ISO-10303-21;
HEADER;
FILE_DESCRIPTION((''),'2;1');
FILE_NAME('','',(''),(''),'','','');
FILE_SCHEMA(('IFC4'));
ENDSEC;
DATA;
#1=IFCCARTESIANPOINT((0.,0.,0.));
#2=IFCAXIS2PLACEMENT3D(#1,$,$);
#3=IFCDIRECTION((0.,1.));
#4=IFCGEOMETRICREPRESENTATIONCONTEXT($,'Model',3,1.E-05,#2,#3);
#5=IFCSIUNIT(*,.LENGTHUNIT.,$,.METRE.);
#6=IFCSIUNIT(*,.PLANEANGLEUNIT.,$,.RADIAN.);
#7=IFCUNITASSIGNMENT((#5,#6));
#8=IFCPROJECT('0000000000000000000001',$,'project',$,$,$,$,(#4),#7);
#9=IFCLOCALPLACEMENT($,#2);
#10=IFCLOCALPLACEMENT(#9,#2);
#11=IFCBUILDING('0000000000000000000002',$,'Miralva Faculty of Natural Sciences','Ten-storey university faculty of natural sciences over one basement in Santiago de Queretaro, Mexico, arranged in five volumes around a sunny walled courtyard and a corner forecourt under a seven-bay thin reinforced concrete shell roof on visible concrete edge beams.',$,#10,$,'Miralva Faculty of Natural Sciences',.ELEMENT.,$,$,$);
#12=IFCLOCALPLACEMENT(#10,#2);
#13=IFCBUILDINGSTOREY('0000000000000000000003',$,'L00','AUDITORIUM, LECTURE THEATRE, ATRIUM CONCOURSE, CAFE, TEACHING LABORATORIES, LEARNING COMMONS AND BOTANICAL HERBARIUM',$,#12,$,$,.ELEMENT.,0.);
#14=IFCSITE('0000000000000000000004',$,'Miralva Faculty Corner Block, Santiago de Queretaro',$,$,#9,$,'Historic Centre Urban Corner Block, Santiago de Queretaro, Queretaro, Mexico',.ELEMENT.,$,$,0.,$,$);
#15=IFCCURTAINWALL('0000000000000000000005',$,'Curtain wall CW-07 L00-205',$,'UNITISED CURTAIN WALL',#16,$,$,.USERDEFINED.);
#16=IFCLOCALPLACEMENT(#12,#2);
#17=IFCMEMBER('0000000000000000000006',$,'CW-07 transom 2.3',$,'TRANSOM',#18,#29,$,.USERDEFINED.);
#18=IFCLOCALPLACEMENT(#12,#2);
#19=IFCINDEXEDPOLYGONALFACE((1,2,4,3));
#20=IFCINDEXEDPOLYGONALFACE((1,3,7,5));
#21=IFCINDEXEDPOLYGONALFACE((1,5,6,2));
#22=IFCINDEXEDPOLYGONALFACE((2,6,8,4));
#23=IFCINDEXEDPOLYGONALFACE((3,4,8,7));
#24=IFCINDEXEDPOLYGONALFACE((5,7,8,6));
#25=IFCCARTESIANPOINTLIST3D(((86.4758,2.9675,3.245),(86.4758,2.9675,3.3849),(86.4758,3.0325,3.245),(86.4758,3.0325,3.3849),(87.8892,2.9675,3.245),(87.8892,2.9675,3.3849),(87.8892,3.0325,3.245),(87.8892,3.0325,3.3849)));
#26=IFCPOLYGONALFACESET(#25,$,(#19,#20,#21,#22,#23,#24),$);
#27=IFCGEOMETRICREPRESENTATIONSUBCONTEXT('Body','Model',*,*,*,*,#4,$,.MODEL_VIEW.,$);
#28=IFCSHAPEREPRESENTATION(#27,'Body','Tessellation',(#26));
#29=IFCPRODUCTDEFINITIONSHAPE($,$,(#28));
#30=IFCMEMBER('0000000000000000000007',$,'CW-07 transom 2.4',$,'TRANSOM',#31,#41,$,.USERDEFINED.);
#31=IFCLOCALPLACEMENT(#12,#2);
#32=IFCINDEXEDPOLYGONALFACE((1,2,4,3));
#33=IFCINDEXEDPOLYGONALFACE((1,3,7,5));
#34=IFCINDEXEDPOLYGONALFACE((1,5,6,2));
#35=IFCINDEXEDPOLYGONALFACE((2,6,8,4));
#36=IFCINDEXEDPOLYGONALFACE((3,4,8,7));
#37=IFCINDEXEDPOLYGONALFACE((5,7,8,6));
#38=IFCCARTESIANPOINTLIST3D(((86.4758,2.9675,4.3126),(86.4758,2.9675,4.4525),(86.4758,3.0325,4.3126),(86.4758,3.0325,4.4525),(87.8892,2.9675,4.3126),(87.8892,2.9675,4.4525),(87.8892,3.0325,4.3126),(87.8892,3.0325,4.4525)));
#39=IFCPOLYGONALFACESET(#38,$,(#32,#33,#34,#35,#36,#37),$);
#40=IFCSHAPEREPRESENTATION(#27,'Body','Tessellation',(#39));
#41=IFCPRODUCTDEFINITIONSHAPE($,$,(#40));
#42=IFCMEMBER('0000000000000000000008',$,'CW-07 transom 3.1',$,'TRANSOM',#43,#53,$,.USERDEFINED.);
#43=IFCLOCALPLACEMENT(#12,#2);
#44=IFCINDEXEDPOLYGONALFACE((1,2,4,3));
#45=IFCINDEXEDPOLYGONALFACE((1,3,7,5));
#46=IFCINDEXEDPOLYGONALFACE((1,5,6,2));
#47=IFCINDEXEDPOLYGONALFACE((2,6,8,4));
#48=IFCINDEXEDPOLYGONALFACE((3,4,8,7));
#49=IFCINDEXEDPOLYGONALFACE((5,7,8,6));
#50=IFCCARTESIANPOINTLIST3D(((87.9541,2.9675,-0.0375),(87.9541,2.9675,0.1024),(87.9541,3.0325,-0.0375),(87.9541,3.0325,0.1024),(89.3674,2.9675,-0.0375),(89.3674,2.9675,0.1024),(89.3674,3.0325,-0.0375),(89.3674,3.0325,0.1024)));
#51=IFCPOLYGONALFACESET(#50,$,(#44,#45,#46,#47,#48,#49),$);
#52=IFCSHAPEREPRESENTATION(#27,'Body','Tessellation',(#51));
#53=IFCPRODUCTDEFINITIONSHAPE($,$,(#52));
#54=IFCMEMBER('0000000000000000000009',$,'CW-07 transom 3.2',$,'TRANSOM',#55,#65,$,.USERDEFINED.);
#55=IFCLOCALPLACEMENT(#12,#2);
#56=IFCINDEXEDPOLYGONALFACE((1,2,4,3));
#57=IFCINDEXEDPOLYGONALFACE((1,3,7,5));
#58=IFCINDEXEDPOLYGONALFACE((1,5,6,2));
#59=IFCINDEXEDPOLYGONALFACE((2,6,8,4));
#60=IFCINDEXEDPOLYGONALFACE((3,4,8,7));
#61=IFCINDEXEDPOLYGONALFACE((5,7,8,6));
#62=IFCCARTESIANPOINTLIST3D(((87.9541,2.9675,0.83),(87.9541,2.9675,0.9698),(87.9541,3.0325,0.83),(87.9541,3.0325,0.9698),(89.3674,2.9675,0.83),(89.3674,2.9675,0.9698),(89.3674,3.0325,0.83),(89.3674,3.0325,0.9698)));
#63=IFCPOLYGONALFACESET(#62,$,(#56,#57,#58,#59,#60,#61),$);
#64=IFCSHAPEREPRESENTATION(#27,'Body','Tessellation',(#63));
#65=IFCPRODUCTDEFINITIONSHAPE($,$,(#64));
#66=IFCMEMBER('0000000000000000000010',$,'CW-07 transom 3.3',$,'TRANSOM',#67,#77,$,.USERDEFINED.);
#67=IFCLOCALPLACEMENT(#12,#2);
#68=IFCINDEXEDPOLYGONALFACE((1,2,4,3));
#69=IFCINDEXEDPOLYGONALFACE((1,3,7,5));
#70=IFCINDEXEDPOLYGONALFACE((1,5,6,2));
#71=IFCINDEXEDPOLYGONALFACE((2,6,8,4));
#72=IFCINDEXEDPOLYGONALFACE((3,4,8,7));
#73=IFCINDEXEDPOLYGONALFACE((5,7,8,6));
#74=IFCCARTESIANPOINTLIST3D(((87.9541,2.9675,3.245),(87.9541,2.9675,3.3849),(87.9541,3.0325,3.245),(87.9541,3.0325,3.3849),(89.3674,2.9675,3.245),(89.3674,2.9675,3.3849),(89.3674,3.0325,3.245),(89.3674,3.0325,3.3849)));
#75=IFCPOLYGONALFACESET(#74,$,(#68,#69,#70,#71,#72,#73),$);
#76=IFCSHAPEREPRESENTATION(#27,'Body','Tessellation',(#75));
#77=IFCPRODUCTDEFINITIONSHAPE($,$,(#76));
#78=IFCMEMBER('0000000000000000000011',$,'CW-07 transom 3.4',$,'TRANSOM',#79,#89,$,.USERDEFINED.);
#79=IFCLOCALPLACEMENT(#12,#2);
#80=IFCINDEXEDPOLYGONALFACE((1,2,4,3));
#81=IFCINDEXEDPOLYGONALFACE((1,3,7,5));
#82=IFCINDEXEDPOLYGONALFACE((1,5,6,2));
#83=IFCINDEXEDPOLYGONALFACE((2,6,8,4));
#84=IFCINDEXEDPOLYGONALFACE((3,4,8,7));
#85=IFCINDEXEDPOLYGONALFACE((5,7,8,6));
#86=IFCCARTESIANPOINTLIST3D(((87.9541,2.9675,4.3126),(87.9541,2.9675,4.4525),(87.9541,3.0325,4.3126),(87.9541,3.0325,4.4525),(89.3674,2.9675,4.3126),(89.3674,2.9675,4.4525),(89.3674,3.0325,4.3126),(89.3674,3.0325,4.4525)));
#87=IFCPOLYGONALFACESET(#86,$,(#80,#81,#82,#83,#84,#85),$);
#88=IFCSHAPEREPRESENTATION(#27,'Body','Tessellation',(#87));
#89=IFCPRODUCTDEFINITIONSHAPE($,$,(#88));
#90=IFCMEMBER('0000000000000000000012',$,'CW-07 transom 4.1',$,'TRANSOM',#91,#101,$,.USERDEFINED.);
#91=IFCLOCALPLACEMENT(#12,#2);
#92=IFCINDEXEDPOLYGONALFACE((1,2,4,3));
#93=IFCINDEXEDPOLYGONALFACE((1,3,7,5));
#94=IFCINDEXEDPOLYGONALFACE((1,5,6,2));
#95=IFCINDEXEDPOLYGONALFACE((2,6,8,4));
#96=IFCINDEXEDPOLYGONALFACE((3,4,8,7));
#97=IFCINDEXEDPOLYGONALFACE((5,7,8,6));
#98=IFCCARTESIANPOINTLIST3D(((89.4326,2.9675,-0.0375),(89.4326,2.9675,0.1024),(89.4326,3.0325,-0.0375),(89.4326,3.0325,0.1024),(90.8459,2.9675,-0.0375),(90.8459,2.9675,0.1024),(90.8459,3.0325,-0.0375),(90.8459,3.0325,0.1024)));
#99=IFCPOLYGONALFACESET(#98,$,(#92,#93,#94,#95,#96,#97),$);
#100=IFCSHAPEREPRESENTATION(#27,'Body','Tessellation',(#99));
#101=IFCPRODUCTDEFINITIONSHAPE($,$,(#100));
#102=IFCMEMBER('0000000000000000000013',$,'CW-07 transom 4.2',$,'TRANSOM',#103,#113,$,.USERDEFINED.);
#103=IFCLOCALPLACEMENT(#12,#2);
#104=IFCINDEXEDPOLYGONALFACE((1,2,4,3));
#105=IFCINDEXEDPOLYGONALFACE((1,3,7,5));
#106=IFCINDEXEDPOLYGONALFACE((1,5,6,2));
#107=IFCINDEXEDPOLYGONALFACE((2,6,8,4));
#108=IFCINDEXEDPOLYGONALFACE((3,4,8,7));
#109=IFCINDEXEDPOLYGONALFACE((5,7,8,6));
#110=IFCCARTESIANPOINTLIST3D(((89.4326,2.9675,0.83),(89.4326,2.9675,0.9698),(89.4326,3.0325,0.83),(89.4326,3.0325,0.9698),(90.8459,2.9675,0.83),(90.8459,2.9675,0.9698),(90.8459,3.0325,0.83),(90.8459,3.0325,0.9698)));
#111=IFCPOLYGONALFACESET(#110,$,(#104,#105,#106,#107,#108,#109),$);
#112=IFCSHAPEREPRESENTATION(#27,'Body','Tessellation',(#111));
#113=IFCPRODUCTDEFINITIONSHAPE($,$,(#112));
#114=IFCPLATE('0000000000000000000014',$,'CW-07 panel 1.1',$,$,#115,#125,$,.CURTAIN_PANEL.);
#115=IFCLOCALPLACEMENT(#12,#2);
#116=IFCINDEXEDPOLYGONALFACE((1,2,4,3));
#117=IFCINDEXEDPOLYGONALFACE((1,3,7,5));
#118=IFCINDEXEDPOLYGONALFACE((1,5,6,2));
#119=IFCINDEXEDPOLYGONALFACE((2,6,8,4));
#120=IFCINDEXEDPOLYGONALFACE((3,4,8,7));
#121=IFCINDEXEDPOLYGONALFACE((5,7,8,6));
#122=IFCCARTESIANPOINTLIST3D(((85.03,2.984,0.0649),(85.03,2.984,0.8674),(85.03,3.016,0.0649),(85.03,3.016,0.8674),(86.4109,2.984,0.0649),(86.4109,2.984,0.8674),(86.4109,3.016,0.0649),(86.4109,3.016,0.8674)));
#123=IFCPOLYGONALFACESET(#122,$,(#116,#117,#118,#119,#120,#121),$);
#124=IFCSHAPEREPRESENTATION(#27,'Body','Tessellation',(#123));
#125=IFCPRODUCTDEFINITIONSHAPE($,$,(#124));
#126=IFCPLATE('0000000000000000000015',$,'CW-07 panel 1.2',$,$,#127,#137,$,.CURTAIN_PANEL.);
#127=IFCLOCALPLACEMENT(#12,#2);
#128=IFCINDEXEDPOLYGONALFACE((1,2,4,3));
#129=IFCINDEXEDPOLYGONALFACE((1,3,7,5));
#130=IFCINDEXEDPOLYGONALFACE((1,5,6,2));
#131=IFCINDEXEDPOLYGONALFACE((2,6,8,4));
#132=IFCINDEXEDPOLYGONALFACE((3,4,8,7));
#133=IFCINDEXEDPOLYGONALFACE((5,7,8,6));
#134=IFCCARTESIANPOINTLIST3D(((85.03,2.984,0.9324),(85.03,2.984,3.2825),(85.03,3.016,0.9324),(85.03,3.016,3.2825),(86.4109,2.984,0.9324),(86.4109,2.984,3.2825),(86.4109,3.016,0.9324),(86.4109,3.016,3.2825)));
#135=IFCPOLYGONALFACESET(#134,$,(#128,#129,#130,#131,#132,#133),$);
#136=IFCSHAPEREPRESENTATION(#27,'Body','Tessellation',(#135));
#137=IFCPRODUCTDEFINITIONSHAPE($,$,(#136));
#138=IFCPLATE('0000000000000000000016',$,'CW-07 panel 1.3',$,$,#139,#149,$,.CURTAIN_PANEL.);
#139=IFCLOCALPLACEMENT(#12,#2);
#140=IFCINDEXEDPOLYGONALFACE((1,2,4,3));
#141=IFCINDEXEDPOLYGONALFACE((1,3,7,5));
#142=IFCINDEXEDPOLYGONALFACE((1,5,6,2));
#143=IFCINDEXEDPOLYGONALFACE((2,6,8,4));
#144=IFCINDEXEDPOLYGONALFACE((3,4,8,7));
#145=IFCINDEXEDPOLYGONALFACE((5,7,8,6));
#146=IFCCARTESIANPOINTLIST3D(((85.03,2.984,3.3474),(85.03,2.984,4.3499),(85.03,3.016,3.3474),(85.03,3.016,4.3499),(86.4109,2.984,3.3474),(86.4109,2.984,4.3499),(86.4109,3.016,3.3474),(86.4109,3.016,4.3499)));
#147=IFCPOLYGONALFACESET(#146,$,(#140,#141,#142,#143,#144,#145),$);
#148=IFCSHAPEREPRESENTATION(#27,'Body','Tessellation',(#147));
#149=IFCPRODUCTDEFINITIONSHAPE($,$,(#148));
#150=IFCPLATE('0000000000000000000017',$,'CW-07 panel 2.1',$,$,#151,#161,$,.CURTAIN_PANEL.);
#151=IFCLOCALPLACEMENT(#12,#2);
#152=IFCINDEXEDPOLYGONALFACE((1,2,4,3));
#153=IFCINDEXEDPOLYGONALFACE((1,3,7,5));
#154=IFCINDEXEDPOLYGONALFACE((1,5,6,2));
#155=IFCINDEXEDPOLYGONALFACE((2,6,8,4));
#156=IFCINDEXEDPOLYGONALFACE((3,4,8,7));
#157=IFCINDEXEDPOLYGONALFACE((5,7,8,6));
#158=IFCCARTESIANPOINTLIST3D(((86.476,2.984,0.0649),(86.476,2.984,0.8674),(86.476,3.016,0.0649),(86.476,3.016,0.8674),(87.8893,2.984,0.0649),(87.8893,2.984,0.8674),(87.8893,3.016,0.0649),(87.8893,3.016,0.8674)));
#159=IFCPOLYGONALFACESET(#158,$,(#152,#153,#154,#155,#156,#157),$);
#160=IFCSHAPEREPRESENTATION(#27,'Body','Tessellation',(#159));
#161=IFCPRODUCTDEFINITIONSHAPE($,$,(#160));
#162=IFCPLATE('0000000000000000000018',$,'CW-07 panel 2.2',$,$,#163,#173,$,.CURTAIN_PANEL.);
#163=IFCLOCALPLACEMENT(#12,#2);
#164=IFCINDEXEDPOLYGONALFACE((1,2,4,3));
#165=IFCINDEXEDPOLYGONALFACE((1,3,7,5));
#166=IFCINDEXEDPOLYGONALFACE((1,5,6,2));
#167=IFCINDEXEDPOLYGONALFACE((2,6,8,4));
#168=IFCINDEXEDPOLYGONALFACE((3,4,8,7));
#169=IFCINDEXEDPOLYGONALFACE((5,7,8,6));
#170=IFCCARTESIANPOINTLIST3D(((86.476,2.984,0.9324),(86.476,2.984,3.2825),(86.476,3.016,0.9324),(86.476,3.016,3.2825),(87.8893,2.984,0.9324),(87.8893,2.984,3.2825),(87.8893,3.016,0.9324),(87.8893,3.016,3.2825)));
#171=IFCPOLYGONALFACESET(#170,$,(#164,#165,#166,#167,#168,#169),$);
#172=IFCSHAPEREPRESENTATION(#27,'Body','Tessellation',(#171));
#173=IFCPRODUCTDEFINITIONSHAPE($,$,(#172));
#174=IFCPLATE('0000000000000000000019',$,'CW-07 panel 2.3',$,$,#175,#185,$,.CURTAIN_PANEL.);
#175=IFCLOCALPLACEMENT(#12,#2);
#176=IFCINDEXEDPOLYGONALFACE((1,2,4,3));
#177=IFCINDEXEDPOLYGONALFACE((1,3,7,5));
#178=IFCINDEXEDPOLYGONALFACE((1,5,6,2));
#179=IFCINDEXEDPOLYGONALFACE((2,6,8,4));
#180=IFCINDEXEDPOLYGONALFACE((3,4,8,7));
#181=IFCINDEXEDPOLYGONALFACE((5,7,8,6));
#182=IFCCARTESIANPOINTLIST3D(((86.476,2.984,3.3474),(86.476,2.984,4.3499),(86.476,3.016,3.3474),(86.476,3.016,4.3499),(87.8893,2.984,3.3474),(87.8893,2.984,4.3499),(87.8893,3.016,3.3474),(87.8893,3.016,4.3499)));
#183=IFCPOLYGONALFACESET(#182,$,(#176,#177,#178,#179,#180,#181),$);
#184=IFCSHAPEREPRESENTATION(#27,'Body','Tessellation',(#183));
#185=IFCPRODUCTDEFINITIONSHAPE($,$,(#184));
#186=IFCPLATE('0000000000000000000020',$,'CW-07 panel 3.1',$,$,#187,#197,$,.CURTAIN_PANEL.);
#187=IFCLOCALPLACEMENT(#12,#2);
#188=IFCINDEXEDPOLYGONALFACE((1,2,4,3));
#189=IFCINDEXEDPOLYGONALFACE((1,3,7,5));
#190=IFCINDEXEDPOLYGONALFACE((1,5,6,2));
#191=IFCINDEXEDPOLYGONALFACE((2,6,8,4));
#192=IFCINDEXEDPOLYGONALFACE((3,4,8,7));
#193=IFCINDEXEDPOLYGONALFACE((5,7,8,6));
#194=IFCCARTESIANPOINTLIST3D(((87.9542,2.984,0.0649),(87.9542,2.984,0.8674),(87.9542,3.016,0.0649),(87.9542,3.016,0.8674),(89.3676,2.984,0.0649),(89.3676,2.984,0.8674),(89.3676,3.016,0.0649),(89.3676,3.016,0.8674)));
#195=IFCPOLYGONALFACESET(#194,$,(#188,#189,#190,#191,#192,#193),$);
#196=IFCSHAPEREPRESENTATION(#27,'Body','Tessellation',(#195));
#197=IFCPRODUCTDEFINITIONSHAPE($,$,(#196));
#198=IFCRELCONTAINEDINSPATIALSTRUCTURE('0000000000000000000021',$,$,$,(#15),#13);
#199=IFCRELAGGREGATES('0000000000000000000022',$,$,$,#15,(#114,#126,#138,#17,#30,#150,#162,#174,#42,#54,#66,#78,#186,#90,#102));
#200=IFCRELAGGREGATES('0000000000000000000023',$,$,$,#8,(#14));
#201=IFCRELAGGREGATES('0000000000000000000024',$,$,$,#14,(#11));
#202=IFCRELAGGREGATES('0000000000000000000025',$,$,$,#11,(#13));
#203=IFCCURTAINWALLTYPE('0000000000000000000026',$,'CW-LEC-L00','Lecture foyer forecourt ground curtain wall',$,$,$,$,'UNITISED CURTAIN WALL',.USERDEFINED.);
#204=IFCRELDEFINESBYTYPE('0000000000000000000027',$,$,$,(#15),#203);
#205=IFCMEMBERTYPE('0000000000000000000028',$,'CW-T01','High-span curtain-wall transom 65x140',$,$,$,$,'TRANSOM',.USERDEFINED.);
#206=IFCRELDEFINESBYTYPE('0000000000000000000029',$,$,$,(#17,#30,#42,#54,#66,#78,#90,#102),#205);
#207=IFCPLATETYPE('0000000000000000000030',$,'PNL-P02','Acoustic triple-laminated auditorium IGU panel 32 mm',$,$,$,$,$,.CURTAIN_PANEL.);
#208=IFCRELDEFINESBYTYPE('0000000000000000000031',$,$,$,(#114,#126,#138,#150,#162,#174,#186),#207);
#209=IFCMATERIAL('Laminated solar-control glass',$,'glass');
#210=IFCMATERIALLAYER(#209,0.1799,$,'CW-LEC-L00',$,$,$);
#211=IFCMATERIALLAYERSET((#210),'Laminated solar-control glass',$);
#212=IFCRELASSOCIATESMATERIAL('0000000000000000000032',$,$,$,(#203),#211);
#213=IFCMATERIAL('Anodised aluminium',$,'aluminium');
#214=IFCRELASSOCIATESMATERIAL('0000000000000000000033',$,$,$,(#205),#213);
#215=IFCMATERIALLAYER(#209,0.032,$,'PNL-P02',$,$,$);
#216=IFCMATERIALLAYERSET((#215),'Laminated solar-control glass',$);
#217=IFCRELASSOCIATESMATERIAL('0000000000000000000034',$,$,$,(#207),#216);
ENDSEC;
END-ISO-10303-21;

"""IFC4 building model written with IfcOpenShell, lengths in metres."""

from ifc_helpers import new_model, si_unit, direction, frame, origin, origin_2d, place, context, subcontext, project, spatial, rectangle, extrude, material, layer, layer_set, material_profile, profile_set, type_object, element, aggregate, save


model = new_model("IFC4")

# Units and contexts
model_context = context("Model", 3, precision=1e-05, world=origin(), true_north=direction((0.0, 1.0)))
body_context = subcontext(model_context, "Body", "Model", "MODEL_VIEW")
ifc_project = project(units=[si_unit("LENGTHUNIT", "METRE"), si_unit("PLANEANGLEUNIT", "RADIAN")], contexts=[model_context])

# Site, building, storey
site_placement = place(None, origin())
site = spatial("IfcSite", under=ifc_project, at=site_placement, Name="Miralva Faculty Corner Block, Santiago de Queretaro", LongName="Historic Centre Urban Corner Block, Santiago de Queretaro, Queretaro, Mexico", CompositionType="ELEMENT", RefElevation=0.0)
building_placement = place(site_placement, origin())
building = spatial("IfcBuilding", under=site, at=building_placement, Name="Miralva Faculty of Natural Sciences", Description="Ten-storey university faculty of natural sciences over one basement in Santiago de Queretaro, Mexico, arranged in five volumes around a sunny walled courtyard and a corner forecourt under a seven-bay thin reinforced concrete shell roof on visible concrete edge beams.", LongName="Miralva Faculty of Natural Sciences", CompositionType="ELEMENT")
storey_placement = place(building_placement, origin())
storey = spatial("IfcBuildingStorey", under=building, at=storey_placement, Name="L00", Description="AUDITORIUM, LECTURE THEATRE, ATRIUM CONCOURSE, CAFE, TEACHING LABORATORIES, LEARNING COMMONS AND BOTANICAL HERBARIUM", CompositionType="ELEMENT", Elevation=0.0)

# Curtain wall, members, plates
ifc_material_1 = material(Name="Laminated solar-control glass", Category="glass")
ifc_layer_1 = layer(ifc_material_1, 0.1799, Name="CW-LEC-L00")
ifc_layer_set_1 = layer_set([ifc_layer_1], Name="Laminated solar-control glass")
curtain_wall_type = type_object("IfcCurtainWallType", Name="CW-LEC-L00", Description="Lecture foyer forecourt ground curtain wall", ElementType="UNITISED CURTAIN WALL", PredefinedType="USERDEFINED", material=ifc_layer_set_1)
curtain_wall_placement = place(storey_placement, origin())
curtain_wall = element("IfcCurtainWall", 1, at=curtain_wall_placement, inside=storey, type_object=curtain_wall_type, Name="Curtain wall CW-07 L00-205", ObjectType="UNITISED CURTAIN WALL", PredefinedType="USERDEFINED")
ifc_material_2 = material(Name="Anodised aluminium", Category="aluminium")
ifc_material_profile_1 = material_profile(ifc_material_2, rectangle(XDim=0.0649, YDim=0.1399, at=origin_2d()), Name="TRANSOM 65x140")
ifc_profile_set_1 = profile_set([ifc_material_profile_1], Name="Anodised aluminium")
member_type_1 = type_object("IfcMemberType", Name="CW-T01", Description="High-span curtain-wall transom 65x140", ElementType="TRANSOM", PredefinedType="USERDEFINED", material=ifc_profile_set_1)
member_1_placement = place(storey_placement, frame((86.4758, 3.0, 3.3149), z_axis=(1.0, 0.0, 0.0), x_axis=(0.0, 1.0, 0.0)))
member_1 = element("IfcMember", 2, at=member_1_placement, type_object=member_type_1, Name="CW-07 transom 2.3", ObjectType="TRANSOM", PredefinedType="USERDEFINED", context=body_context, shape_type="SweptSolid", body=[
    extrude(rectangle(XDim=0.0649, YDim=0.1399, at=origin_2d()), origin(), (0.0, 0.0, 1.0), 1.4133),
])
member_2_placement = place(storey_placement, frame((86.4758, 3.0, 4.3826), z_axis=(1.0, 0.0, 0.0), x_axis=(0.0, 1.0, 0.0)))
member_2 = element("IfcMember", 3, at=member_2_placement, type_object=member_type_1, Name="CW-07 transom 2.4", ObjectType="TRANSOM", PredefinedType="USERDEFINED", context=body_context, shape_type="SweptSolid", body=[
    extrude(rectangle(XDim=0.0649, YDim=0.1399, at=origin_2d()), origin(), (0.0, 0.0, 1.0), 1.4133),
])
member_3_placement = place(storey_placement, frame((87.9541, 3.0, 0.0325), z_axis=(1.0, 0.0, 0.0), x_axis=(0.0, 1.0, 0.0)))
member_3 = element("IfcMember", 4, at=member_3_placement, type_object=member_type_1, Name="CW-07 transom 3.1", ObjectType="TRANSOM", PredefinedType="USERDEFINED", context=body_context, shape_type="SweptSolid", body=[
    extrude(rectangle(XDim=0.0649, YDim=0.1399, at=origin_2d()), origin(), (0.0, 0.0, 1.0), 1.4133),
])
member_4_placement = place(storey_placement, frame((87.9541, 3.0, 0.8999), z_axis=(1.0, 0.0, 0.0), x_axis=(0.0, 1.0, 0.0)))
member_4 = element("IfcMember", 5, at=member_4_placement, type_object=member_type_1, Name="CW-07 transom 3.2", ObjectType="TRANSOM", PredefinedType="USERDEFINED", context=body_context, shape_type="SweptSolid", body=[
    extrude(rectangle(XDim=0.0649, YDim=0.1399, at=origin_2d()), origin(), (0.0, 0.0, 1.0), 1.4133),
])
member_5_placement = place(storey_placement, frame((87.9541, 3.0, 3.3149), z_axis=(1.0, 0.0, 0.0), x_axis=(0.0, 1.0, 0.0)))
member_5 = element("IfcMember", 6, at=member_5_placement, type_object=member_type_1, Name="CW-07 transom 3.3", ObjectType="TRANSOM", PredefinedType="USERDEFINED", context=body_context, shape_type="SweptSolid", body=[
    extrude(rectangle(XDim=0.0649, YDim=0.1399, at=origin_2d()), origin(), (0.0, 0.0, 1.0), 1.4133),
])
member_6_placement = place(storey_placement, frame((87.9541, 3.0, 4.3826), z_axis=(1.0, 0.0, 0.0), x_axis=(0.0, 1.0, 0.0)))
member_6 = element("IfcMember", 7, at=member_6_placement, type_object=member_type_1, Name="CW-07 transom 3.4", ObjectType="TRANSOM", PredefinedType="USERDEFINED", context=body_context, shape_type="SweptSolid", body=[
    extrude(rectangle(XDim=0.0649, YDim=0.1399, at=origin_2d()), origin(), (0.0, 0.0, 1.0), 1.4133),
])
member_7_placement = place(storey_placement, frame((89.4326, 3.0, 0.0325), z_axis=(1.0, 0.0, 0.0), x_axis=(0.0, 1.0, 0.0)))
member_7 = element("IfcMember", 8, at=member_7_placement, type_object=member_type_1, Name="CW-07 transom 4.1", ObjectType="TRANSOM", PredefinedType="USERDEFINED", context=body_context, shape_type="SweptSolid", body=[
    extrude(rectangle(XDim=0.0649, YDim=0.1399, at=origin_2d()), origin(), (0.0, 0.0, 1.0), 1.4133),
])
member_8_placement = place(storey_placement, frame((89.4326, 3.0, 0.8999), z_axis=(1.0, 0.0, 0.0), x_axis=(0.0, 1.0, 0.0)))
member_8 = element("IfcMember", 9, at=member_8_placement, type_object=member_type_1, Name="CW-07 transom 4.2", ObjectType="TRANSOM", PredefinedType="USERDEFINED", context=body_context, shape_type="SweptSolid", body=[
    extrude(rectangle(XDim=0.0649, YDim=0.1399, at=origin_2d()), origin(), (0.0, 0.0, 1.0), 1.4133),
])
ifc_layer_2 = layer(ifc_material_1, 0.032, Name="PNL-P02")
ifc_layer_set_2 = layer_set([ifc_layer_2], Name="Laminated solar-control glass")
plate_type = type_object("IfcPlateType", Name="PNL-P02", Description="Acoustic triple-laminated auditorium IGU panel 32 mm", PredefinedType="CURTAIN_PANEL", material=ifc_layer_set_2)
plate_1_placement = place(storey_placement, frame((85.7205, 3.0, 0.0649), z_axis=(0.0, 0.0, 1.0), x_axis=(1.0, 0.0, 0.0)))
plate_1 = element("IfcPlate", 10, at=plate_1_placement, type_object=plate_type, Name="CW-07 panel 1.1", PredefinedType="CURTAIN_PANEL", context=body_context, shape_type="SweptSolid", body=[
    extrude(rectangle(XDim=1.3809, YDim=0.032, at=origin_2d()), origin(), (0.0, 0.0, 1.0), 0.8025),
])
plate_2_placement = place(storey_placement, frame((85.7205, 3.0, 0.9324), z_axis=(0.0, 0.0, 1.0), x_axis=(1.0, 0.0, 0.0)))
plate_2 = element("IfcPlate", 11, at=plate_2_placement, type_object=plate_type, Name="CW-07 panel 1.2", PredefinedType="CURTAIN_PANEL", context=body_context, shape_type="SweptSolid", body=[
    extrude(rectangle(XDim=1.3809, YDim=0.032, at=origin_2d()), origin(), (0.0, 0.0, 1.0), 2.3501),
])
plate_3_placement = place(storey_placement, frame((85.7205, 3.0, 3.3474), z_axis=(0.0, 0.0, 1.0), x_axis=(1.0, 0.0, 0.0)))
plate_3 = element("IfcPlate", 12, at=plate_3_placement, type_object=plate_type, Name="CW-07 panel 1.3", PredefinedType="CURTAIN_PANEL", context=body_context, shape_type="SweptSolid", body=[
    extrude(rectangle(XDim=1.3809, YDim=0.032, at=origin_2d()), origin(), (0.0, 0.0, 1.0), 1.0024),
])
plate_4_placement = place(storey_placement, frame((87.1826, 3.0, 0.0649), z_axis=(0.0, 0.0, 1.0), x_axis=(1.0, 0.0, 0.0)))
plate_4 = element("IfcPlate", 13, at=plate_4_placement, type_object=plate_type, Name="CW-07 panel 2.1", PredefinedType="CURTAIN_PANEL", context=body_context, shape_type="SweptSolid", body=[
    extrude(rectangle(XDim=1.4133, YDim=0.032, at=origin_2d()), origin(), (0.0, 0.0, 1.0), 0.8025),
])
plate_5_placement = place(storey_placement, frame((87.1826, 3.0, 0.9324), z_axis=(0.0, 0.0, 1.0), x_axis=(1.0, 0.0, 0.0)))
plate_5 = element("IfcPlate", 14, at=plate_5_placement, type_object=plate_type, Name="CW-07 panel 2.2", PredefinedType="CURTAIN_PANEL", context=body_context, shape_type="SweptSolid", body=[
    extrude(rectangle(XDim=1.4133, YDim=0.032, at=origin_2d()), origin(), (0.0, 0.0, 1.0), 2.3501),
])
plate_6_placement = place(storey_placement, frame((87.1826, 3.0, 3.3474), z_axis=(0.0, 0.0, 1.0), x_axis=(1.0, 0.0, 0.0)))
plate_6 = element("IfcPlate", 15, at=plate_6_placement, type_object=plate_type, Name="CW-07 panel 2.3", PredefinedType="CURTAIN_PANEL", context=body_context, shape_type="SweptSolid", body=[
    extrude(rectangle(XDim=1.4133, YDim=0.032, at=origin_2d()), origin(), (0.0, 0.0, 1.0), 1.0024),
])
plate_7_placement = place(storey_placement, frame((88.6609, 3.0, 0.0649), z_axis=(0.0, 0.0, 1.0), x_axis=(1.0, 0.0, 0.0)))
plate_7 = element("IfcPlate", 16, at=plate_7_placement, type_object=plate_type, Name="CW-07 panel 3.1", PredefinedType="CURTAIN_PANEL", context=body_context, shape_type="SweptSolid", body=[
    extrude(rectangle(XDim=1.4133, YDim=0.032, at=origin_2d()), origin(), (0.0, 0.0, 1.0), 0.8025),
])
aggregate(curtain_wall, [plate_1, plate_2, plate_3, member_1, member_2, plate_4, plate_5, plate_6, member_3, member_4, member_5, member_6, plate_7, member_7, member_8])

save(model, "model.ifc")
